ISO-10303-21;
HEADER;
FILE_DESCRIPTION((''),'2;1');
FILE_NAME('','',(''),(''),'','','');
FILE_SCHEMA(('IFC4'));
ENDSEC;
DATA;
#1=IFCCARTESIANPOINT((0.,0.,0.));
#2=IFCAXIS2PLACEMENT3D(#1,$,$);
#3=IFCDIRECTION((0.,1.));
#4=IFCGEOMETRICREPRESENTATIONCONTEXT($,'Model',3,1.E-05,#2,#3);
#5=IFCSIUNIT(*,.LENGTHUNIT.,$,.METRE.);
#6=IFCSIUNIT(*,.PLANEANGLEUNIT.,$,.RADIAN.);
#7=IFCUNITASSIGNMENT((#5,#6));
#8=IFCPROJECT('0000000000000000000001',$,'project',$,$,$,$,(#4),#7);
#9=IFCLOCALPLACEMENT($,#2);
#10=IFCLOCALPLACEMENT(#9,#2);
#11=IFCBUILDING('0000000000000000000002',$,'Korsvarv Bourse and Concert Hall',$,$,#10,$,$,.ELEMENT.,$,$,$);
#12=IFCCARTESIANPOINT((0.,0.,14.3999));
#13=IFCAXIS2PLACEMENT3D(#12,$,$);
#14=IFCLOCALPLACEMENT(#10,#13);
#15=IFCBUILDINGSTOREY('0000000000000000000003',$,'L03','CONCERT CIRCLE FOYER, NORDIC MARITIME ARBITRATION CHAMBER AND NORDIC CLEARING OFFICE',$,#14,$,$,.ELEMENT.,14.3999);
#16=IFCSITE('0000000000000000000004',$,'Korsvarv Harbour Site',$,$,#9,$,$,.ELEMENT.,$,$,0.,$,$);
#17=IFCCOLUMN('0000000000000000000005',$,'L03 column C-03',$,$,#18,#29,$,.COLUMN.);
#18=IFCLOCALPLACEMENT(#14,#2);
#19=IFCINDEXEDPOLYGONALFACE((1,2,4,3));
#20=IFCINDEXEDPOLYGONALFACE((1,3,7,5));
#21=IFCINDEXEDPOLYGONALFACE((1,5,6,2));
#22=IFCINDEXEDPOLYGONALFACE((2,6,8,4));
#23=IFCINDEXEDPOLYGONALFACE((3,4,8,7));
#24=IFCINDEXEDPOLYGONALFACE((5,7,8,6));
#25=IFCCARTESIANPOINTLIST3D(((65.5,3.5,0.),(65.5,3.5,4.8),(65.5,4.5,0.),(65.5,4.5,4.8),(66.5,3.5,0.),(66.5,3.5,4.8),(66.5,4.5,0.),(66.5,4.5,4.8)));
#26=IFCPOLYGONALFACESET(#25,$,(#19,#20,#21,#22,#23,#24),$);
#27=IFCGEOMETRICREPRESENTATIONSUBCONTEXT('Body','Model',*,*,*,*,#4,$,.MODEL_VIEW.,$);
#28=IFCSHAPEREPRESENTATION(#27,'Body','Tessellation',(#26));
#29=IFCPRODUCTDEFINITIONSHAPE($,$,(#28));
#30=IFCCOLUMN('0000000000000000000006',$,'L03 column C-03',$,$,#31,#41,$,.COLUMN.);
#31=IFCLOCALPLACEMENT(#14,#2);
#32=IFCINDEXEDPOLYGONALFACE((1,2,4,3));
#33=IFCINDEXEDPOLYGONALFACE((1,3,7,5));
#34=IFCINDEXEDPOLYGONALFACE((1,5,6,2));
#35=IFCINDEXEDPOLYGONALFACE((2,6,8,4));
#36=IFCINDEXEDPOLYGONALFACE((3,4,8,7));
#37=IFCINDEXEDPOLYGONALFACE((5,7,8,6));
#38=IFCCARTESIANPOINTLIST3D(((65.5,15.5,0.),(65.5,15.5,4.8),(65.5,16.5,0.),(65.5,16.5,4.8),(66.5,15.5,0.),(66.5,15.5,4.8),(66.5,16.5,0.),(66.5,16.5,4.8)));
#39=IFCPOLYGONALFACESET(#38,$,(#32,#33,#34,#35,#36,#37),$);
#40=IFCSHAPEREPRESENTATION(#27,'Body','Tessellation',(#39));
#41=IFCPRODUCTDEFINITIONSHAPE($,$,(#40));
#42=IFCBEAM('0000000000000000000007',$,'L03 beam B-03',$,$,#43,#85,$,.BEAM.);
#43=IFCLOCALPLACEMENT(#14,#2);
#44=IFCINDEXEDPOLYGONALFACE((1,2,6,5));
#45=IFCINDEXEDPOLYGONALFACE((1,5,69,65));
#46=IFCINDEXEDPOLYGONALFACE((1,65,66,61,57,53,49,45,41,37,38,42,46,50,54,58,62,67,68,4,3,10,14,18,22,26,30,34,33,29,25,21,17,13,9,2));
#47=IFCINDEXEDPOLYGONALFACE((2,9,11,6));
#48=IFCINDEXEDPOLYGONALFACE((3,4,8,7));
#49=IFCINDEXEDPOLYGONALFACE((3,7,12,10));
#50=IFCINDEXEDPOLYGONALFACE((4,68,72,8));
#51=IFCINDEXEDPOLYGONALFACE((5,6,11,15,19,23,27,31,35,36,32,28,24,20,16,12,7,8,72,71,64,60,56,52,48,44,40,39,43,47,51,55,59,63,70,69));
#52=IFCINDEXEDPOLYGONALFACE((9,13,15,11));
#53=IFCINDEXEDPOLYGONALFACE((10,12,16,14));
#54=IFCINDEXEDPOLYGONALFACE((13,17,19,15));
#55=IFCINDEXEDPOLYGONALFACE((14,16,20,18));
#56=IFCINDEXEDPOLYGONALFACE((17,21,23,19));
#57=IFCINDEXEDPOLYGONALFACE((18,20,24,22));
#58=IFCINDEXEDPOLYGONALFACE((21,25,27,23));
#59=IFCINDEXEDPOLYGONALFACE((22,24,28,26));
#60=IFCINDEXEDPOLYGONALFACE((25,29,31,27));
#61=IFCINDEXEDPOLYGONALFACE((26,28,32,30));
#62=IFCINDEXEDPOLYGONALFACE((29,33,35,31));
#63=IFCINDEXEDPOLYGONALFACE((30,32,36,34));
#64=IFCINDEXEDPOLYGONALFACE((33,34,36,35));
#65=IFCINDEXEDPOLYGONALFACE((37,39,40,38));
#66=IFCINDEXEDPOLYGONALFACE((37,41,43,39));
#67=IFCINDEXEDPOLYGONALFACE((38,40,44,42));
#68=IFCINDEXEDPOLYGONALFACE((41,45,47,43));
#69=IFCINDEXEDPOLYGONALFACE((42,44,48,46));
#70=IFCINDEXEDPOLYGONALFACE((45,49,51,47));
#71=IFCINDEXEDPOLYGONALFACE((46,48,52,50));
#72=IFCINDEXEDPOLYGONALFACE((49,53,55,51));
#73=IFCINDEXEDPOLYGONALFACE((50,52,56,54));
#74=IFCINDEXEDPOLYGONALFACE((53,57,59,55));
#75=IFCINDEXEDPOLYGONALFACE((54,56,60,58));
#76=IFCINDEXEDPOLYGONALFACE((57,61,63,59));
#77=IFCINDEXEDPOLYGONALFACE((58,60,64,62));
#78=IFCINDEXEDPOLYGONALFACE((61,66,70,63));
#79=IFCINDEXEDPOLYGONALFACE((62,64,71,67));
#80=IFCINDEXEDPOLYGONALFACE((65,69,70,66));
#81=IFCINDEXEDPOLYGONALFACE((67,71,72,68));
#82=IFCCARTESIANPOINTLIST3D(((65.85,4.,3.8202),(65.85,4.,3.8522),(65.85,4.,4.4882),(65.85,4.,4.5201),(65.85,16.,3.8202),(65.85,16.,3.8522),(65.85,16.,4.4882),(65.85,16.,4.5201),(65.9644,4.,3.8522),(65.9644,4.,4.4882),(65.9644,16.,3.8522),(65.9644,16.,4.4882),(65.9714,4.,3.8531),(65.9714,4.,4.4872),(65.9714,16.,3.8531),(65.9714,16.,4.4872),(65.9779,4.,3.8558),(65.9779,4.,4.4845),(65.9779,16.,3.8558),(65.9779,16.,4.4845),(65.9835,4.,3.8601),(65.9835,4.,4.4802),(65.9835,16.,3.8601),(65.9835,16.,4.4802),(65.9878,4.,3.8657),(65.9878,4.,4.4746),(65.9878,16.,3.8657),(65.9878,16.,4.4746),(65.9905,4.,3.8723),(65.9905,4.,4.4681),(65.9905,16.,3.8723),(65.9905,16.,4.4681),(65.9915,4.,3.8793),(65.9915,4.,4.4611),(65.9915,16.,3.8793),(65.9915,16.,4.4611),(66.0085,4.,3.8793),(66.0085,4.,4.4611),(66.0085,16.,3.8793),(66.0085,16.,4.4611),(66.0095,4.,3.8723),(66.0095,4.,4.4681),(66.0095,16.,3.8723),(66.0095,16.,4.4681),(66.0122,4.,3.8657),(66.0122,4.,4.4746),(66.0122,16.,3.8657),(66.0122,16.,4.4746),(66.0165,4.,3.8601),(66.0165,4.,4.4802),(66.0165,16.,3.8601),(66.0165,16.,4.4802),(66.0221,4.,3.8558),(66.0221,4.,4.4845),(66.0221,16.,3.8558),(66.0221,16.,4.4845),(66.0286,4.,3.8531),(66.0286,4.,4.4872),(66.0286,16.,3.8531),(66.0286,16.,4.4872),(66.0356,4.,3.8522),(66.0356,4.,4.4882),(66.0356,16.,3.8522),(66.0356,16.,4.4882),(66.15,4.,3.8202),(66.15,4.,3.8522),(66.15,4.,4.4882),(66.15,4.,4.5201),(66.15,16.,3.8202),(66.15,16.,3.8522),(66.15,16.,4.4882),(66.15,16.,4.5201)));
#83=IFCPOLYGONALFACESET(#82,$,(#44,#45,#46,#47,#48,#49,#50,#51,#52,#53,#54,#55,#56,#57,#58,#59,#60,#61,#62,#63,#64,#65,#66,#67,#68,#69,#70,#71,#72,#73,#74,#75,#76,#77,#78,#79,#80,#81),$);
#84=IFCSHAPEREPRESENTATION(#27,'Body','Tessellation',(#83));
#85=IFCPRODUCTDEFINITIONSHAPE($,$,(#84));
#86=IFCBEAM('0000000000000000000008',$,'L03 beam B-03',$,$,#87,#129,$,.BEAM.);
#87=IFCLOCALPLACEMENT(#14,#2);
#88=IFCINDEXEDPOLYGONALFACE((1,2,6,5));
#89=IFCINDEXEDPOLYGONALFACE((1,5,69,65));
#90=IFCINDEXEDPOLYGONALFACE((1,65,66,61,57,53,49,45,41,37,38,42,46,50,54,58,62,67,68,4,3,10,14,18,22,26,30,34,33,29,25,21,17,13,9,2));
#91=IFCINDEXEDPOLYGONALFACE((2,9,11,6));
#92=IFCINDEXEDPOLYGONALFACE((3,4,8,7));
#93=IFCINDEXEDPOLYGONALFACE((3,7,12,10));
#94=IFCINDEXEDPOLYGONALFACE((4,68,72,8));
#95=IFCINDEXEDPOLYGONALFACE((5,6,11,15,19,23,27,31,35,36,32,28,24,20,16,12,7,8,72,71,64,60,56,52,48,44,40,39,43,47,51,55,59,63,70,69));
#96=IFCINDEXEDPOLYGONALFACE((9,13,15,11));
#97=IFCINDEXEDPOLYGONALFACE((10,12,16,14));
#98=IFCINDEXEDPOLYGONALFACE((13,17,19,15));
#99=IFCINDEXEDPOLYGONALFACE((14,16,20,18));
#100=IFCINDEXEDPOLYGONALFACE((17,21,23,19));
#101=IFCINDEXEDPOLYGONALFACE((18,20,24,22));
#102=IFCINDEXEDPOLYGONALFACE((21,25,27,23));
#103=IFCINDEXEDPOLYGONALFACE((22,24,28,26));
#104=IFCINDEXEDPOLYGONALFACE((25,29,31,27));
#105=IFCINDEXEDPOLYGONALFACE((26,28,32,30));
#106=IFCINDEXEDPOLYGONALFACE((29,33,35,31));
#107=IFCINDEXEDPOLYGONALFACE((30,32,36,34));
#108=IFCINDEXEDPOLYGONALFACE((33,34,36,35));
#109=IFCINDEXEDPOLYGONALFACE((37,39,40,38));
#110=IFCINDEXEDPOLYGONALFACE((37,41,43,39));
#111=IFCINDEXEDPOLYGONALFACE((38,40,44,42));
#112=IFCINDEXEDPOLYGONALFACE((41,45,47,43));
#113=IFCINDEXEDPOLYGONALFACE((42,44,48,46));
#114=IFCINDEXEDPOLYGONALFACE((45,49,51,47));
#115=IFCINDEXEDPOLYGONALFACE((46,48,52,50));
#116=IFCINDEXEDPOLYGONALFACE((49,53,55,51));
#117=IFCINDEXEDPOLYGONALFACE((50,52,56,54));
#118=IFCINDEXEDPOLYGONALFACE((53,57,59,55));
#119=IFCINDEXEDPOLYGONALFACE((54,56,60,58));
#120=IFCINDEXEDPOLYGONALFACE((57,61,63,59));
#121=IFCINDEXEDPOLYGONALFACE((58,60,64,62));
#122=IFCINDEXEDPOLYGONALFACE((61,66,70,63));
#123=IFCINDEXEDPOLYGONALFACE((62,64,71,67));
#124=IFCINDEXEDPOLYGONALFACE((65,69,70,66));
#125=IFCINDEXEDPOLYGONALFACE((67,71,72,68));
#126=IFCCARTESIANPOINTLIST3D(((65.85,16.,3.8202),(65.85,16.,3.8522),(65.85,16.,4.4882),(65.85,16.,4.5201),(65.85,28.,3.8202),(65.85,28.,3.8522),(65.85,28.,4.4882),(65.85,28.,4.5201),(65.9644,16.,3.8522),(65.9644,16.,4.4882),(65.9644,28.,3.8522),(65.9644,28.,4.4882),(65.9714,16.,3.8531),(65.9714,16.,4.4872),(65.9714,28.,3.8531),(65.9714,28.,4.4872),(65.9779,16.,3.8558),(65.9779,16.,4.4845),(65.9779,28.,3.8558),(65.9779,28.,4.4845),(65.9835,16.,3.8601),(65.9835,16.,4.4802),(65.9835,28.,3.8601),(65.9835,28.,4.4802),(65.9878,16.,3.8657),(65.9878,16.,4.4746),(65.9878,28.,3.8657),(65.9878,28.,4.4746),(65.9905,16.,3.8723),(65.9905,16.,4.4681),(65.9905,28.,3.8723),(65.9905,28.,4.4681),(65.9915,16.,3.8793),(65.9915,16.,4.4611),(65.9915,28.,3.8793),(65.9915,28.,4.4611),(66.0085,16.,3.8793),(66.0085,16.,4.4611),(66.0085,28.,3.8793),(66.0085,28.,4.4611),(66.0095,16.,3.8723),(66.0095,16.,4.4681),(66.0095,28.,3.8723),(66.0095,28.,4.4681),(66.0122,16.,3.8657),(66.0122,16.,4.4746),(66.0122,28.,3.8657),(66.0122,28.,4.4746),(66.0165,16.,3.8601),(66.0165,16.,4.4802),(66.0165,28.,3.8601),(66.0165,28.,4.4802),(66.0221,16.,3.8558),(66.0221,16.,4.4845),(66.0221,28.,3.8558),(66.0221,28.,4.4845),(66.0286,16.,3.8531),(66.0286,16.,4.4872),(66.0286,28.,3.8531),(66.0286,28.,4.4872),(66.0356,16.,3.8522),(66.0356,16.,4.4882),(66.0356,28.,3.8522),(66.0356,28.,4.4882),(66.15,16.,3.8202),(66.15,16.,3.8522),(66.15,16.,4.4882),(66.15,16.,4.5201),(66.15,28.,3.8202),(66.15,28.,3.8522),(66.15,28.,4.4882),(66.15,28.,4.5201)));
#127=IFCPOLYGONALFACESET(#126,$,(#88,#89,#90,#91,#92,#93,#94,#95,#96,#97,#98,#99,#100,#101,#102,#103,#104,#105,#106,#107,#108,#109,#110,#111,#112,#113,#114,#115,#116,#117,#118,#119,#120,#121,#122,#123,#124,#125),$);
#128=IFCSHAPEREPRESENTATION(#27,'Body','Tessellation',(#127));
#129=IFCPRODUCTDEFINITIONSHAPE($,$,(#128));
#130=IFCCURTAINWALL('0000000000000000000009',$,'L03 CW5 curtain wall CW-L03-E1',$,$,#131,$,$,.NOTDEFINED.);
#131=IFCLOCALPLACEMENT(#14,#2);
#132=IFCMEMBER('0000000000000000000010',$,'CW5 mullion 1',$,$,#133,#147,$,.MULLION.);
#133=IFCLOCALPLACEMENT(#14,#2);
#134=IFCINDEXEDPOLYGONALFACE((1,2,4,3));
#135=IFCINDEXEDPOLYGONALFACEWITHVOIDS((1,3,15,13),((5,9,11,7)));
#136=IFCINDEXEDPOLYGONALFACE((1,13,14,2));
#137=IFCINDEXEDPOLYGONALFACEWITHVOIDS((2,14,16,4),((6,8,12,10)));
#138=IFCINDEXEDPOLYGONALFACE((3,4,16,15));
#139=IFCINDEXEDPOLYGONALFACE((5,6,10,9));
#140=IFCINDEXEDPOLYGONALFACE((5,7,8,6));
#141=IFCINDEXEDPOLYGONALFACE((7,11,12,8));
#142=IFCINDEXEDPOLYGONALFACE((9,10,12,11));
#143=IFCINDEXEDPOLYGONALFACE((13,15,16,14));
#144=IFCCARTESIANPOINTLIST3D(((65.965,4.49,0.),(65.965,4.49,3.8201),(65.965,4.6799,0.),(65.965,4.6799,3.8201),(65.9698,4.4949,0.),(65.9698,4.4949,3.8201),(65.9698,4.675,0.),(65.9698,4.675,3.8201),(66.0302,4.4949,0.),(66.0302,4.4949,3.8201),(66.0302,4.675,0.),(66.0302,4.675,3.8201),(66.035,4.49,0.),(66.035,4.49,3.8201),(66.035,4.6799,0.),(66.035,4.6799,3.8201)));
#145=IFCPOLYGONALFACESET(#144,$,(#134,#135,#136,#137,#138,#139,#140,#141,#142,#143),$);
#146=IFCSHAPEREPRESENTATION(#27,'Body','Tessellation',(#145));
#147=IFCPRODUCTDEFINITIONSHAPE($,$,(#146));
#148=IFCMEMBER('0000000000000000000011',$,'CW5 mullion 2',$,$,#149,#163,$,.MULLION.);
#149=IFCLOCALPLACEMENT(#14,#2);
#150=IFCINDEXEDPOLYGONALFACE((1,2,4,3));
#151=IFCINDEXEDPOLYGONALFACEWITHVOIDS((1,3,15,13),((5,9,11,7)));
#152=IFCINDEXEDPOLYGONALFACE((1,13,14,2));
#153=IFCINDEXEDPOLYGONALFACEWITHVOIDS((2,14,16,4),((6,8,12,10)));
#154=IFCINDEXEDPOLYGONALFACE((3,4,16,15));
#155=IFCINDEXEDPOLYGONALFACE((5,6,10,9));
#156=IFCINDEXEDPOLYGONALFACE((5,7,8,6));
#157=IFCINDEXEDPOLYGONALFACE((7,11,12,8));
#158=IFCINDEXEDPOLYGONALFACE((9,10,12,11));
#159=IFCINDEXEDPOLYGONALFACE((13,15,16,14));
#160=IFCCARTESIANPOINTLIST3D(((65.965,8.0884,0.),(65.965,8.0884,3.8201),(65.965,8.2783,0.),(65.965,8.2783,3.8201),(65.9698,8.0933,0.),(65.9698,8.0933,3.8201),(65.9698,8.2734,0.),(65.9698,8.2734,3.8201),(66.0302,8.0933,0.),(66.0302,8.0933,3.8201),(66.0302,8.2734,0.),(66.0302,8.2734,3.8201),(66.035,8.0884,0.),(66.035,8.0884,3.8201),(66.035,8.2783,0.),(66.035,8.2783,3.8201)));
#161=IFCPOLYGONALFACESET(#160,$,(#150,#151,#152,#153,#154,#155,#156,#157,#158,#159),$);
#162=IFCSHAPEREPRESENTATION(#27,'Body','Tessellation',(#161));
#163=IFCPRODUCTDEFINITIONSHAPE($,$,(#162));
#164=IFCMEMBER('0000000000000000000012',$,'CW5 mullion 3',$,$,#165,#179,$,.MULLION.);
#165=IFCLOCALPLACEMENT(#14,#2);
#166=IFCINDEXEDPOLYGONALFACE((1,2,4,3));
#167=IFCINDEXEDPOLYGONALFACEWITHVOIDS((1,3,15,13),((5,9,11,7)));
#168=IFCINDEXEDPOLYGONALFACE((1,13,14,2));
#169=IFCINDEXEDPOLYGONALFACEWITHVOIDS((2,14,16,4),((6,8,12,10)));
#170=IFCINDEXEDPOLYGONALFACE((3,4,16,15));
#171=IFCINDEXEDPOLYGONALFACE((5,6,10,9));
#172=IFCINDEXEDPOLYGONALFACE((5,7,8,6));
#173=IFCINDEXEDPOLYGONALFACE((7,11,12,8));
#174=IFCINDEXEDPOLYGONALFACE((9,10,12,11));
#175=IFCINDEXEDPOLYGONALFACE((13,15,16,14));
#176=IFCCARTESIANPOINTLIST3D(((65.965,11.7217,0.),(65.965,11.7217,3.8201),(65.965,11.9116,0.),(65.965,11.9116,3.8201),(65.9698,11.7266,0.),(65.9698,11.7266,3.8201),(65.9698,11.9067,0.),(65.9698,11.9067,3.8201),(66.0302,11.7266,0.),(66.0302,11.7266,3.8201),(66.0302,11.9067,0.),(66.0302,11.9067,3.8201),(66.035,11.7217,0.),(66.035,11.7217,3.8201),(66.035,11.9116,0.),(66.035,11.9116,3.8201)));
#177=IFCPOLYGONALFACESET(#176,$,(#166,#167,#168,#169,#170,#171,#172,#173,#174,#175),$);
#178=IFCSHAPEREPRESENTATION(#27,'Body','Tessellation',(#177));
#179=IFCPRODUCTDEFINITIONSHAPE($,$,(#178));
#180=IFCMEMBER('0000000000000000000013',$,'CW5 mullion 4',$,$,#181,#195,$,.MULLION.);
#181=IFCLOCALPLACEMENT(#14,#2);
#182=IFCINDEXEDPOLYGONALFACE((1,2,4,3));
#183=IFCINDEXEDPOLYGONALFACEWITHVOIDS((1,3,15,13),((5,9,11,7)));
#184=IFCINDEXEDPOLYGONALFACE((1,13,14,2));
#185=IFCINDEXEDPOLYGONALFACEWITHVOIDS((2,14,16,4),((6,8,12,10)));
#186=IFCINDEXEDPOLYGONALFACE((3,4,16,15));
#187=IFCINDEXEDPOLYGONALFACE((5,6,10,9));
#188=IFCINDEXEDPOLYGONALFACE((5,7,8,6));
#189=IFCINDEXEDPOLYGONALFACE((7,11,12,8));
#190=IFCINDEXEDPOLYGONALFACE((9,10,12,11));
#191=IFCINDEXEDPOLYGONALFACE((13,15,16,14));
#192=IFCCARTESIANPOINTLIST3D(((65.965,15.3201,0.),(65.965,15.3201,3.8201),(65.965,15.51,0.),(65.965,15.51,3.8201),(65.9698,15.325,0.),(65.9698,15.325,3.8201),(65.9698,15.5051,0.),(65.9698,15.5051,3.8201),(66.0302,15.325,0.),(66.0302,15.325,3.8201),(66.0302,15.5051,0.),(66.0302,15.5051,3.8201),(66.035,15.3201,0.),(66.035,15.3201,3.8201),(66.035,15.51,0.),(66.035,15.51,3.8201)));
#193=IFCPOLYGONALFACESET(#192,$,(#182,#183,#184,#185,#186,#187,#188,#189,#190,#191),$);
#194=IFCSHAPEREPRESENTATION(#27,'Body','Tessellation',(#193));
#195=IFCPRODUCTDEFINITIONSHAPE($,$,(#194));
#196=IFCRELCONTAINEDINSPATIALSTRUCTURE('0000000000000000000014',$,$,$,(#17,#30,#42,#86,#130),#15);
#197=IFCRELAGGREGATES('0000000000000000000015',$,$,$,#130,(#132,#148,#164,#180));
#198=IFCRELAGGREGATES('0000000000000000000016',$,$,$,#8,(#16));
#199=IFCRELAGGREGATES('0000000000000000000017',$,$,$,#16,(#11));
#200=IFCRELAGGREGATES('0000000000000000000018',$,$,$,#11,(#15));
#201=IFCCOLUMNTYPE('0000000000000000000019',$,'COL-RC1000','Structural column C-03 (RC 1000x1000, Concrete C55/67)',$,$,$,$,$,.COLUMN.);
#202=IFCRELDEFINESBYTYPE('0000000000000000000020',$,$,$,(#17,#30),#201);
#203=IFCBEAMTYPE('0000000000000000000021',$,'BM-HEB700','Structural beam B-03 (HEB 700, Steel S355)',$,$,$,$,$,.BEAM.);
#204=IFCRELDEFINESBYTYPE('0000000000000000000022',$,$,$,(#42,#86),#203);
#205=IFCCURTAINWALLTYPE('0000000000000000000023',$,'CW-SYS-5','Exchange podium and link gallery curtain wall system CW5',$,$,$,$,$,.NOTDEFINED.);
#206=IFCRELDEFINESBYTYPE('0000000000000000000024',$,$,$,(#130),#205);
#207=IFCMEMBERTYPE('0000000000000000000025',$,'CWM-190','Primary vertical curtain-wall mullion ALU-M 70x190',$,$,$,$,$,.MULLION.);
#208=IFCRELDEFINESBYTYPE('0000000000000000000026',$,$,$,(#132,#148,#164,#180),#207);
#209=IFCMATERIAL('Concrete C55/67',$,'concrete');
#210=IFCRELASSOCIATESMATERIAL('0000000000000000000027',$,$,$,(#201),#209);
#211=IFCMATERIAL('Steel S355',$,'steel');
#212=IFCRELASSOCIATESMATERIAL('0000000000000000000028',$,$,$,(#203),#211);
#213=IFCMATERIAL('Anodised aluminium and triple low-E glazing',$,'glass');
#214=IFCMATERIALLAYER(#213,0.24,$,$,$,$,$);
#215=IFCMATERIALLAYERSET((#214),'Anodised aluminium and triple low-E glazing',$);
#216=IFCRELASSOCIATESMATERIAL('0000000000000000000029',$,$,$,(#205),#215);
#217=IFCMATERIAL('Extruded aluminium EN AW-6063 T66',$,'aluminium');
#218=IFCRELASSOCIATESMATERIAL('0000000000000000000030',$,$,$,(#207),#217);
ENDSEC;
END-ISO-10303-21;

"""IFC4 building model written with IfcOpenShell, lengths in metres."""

from ifc_helpers import new_model, si_unit, direction, frame, origin, origin_2d, place, context, subcontext, project, spatial, rectangle, hollow_rectangle, i_section, extrude, source, transform, mapped, material, layer, layer_set, material_profile, profile_set, type_object, element, aggregate, save


model = new_model("IFC4")

# Units and contexts
model_context = context("Model", 3, precision=1e-05, world=origin(), true_north=direction((0.0, 1.0)))
body_context = subcontext(model_context, "Body", "Model", "MODEL_VIEW")
ifc_project = project(units=[si_unit("LENGTHUNIT", "METRE"), si_unit("PLANEANGLEUNIT", "RADIAN")], contexts=[model_context])

# Site, building, storey
site_placement = place(None, origin())
site = spatial("IfcSite", under=ifc_project, at=site_placement, Name="Korsvarv Harbour Site", CompositionType="ELEMENT", RefElevation=0.0)
building_placement = place(site_placement, origin())
building = spatial("IfcBuilding", under=site, at=building_placement, Name="Korsvarv Bourse and Concert Hall", CompositionType="ELEMENT")
storey_placement = place(building_placement, frame((0.0, 0.0, 14.3999)))
storey = spatial("IfcBuildingStorey", under=building, at=storey_placement, Name="L03", Description="CONCERT CIRCLE FOYER, NORDIC MARITIME ARBITRATION CHAMBER AND NORDIC CLEARING OFFICE", CompositionType="ELEMENT", Elevation=14.3999)

# Columns
ifc_material_1 = material(Name="Concrete C55/67", Category="concrete")
ifc_material_profile_1 = material_profile(ifc_material_1, rectangle(XDim=1.0, YDim=1.0, at=origin_2d()), Name="RC 1000x1000")
ifc_profile_set_1 = profile_set([ifc_material_profile_1], Name="Concrete C55/67")
column_type = type_object("IfcColumnType", Name="COL-RC1000", Description="Structural column C-03 (RC 1000x1000, Concrete C55/67)", PredefinedType="COLUMN", material=ifc_profile_set_1)
shared_shape_1 = source(origin(), body_context, "Body", "SweptSolid", [
    extrude(rectangle(XDim=1.0, YDim=1.0, at=origin_2d()), origin(), (0.0, 0.0, 1.0), 4.8),
])
for number, where, z_axis, x_axis, name in (
    (1, (66.0, 4.0, 0.0), (0.0, 0.0, 1.0), (1.0, 0.0, 0.0), "L03 column C-03"),
    (2, (66.0, 16.0, 0.0), (0.0, 0.0, 1.0), (1.0, 0.0, 0.0), "L03 column C-03"),
):
    element("IfcColumn", number, at=place(storey_placement, frame(where, z_axis=z_axis, x_axis=x_axis)), inside=storey, type_object=column_type, Name=name, PredefinedType="COLUMN", context=body_context, shape_type="MappedRepresentation", body=[
        mapped(shared_shape_1, transform((0.0, 0.0, 0.0), scale=1.0)),
    ])

# Beams
ifc_material_2 = material(Name="Steel S355", Category="steel")
ifc_material_profile_2 = material_profile(ifc_material_2, i_section(OverallWidth=0.3, OverallDepth=0.7, WebThickness=0.0171, FlangeThickness=0.032, FilletRadius=0.0271, at=origin_2d()), Name="HEB 700")
ifc_profile_set_2 = profile_set([ifc_material_profile_2], Name="Steel S355")
beam_type = type_object("IfcBeamType", Name="BM-HEB700", Description="Structural beam B-03 (HEB 700, Steel S355)", PredefinedType="BEAM", material=ifc_profile_set_2)
shared_shape_2 = source(origin(), body_context, "Body", "SweptSolid", [
    extrude(i_section(OverallWidth=0.3, OverallDepth=0.7, WebThickness=0.0171, FlangeThickness=0.032, FilletRadius=0.0271, at=origin_2d()), origin(), (0.0, 0.0, 1.0), 12.0),
])
for number, where, z_axis, x_axis, name in (
    (3, (66.0, 4.0, 4.1702), (0.0, 1.0, 0.0), (-1.0, 0.0, 0.0), "L03 beam B-03"),
    (4, (66.0, 16.0, 4.1702), (0.0, 1.0, 0.0), (-1.0, 0.0, 0.0), "L03 beam B-03"),
):
    element("IfcBeam", number, at=place(storey_placement, frame(where, z_axis=z_axis, x_axis=x_axis)), inside=storey, type_object=beam_type, Name=name, PredefinedType="BEAM", context=body_context, shape_type="MappedRepresentation", body=[
        mapped(shared_shape_2, transform((0.0, 0.0, 0.0), scale=1.0)),
    ])

# Curtain wall, members
ifc_material_3 = material(Name="Anodised aluminium and triple low-E glazing", Category="glass")
ifc_layer_1 = layer(ifc_material_3, 0.24)
ifc_layer_set_1 = layer_set([ifc_layer_1], Name="Anodised aluminium and triple low-E glazing")
curtain_wall_type = type_object("IfcCurtainWallType", Name="CW-SYS-5", Description="Exchange podium and link gallery curtain wall system CW5", PredefinedType="NOTDEFINED", material=ifc_layer_set_1)
curtain_wall_1_placement = place(storey_placement, origin())
curtain_wall_1 = element("IfcCurtainWall", 5, at=curtain_wall_1_placement, inside=storey, type_object=curtain_wall_type, Name="L03 CW5 curtain wall CW-L03-E1", PredefinedType="NOTDEFINED")
ifc_material_4 = material(Name="Extruded aluminium EN AW-6063 T66", Category="aluminium")
ifc_material_profile_3 = material_profile(ifc_material_4, hollow_rectangle(XDim=0.0701, YDim=0.1899, WallThickness=0.0049, at=origin_2d()), Name="ALU-M 70x190")
ifc_profile_set_3 = profile_set([ifc_material_profile_3], Name="Extruded aluminium EN AW-6063 T66")
member_type_1 = type_object("IfcMemberType", Name="CWM-190", Description="Primary vertical curtain-wall mullion ALU-M 70x190", PredefinedType="MULLION", material=ifc_profile_set_3)
shared_shape_3 = source(origin(), body_context, "Body", "SweptSolid", [
    extrude(hollow_rectangle(XDim=0.0701, YDim=0.1899, WallThickness=0.0049, at=origin_2d()), origin(), (0.0, 0.0, 1.0), 3.8201),
])
member_1_placement = place(storey_placement, frame((66.0, 4.585, 0.0), z_axis=(0.0, 0.0, 1.0), x_axis=(-1.0, 0.0, 0.0)))
member_1 = element("IfcMember", 6, at=member_1_placement, type_object=member_type_1, Name="CW5 mullion 1", PredefinedType="MULLION", context=body_context, shape_type="MappedRepresentation", body=[
    mapped(shared_shape_3, transform((0.0, 0.0, 0.0), scale=1.0)),
])
member_2_placement = place(storey_placement, frame((66.0, 8.1833, 0.0), z_axis=(0.0, 0.0, 1.0), x_axis=(-1.0, 0.0, 0.0)))
member_2 = element("IfcMember", 7, at=member_2_placement, type_object=member_type_1, Name="CW5 mullion 2", PredefinedType="MULLION", context=body_context, shape_type="MappedRepresentation", body=[
    mapped(shared_shape_3, transform((0.0, 0.0, 0.0), scale=1.0)),
])
member_3_placement = place(storey_placement, frame((66.0, 11.8167, 0.0), z_axis=(0.0, 0.0, 1.0), x_axis=(-1.0, 0.0, 0.0)))
member_3 = element("IfcMember", 8, at=member_3_placement, type_object=member_type_1, Name="CW5 mullion 3", PredefinedType="MULLION", context=body_context, shape_type="MappedRepresentation", body=[
    mapped(shared_shape_3, transform((0.0, 0.0, 0.0), scale=1.0)),
])
member_4_placement = place(storey_placement, frame((66.0, 15.415, 0.0), z_axis=(0.0, 0.0, 1.0), x_axis=(-1.0, 0.0, 0.0)))
member_4 = element("IfcMember", 9, at=member_4_placement, type_object=member_type_1, Name="CW5 mullion 4", PredefinedType="MULLION", context=body_context, shape_type="MappedRepresentation", body=[
    mapped(shared_shape_3, transform((0.0, 0.0, 0.0), scale=1.0)),
])

aggregate(curtain_wall_1, [member_1, member_2, member_3, member_4])

save(model, "model.ifc")
